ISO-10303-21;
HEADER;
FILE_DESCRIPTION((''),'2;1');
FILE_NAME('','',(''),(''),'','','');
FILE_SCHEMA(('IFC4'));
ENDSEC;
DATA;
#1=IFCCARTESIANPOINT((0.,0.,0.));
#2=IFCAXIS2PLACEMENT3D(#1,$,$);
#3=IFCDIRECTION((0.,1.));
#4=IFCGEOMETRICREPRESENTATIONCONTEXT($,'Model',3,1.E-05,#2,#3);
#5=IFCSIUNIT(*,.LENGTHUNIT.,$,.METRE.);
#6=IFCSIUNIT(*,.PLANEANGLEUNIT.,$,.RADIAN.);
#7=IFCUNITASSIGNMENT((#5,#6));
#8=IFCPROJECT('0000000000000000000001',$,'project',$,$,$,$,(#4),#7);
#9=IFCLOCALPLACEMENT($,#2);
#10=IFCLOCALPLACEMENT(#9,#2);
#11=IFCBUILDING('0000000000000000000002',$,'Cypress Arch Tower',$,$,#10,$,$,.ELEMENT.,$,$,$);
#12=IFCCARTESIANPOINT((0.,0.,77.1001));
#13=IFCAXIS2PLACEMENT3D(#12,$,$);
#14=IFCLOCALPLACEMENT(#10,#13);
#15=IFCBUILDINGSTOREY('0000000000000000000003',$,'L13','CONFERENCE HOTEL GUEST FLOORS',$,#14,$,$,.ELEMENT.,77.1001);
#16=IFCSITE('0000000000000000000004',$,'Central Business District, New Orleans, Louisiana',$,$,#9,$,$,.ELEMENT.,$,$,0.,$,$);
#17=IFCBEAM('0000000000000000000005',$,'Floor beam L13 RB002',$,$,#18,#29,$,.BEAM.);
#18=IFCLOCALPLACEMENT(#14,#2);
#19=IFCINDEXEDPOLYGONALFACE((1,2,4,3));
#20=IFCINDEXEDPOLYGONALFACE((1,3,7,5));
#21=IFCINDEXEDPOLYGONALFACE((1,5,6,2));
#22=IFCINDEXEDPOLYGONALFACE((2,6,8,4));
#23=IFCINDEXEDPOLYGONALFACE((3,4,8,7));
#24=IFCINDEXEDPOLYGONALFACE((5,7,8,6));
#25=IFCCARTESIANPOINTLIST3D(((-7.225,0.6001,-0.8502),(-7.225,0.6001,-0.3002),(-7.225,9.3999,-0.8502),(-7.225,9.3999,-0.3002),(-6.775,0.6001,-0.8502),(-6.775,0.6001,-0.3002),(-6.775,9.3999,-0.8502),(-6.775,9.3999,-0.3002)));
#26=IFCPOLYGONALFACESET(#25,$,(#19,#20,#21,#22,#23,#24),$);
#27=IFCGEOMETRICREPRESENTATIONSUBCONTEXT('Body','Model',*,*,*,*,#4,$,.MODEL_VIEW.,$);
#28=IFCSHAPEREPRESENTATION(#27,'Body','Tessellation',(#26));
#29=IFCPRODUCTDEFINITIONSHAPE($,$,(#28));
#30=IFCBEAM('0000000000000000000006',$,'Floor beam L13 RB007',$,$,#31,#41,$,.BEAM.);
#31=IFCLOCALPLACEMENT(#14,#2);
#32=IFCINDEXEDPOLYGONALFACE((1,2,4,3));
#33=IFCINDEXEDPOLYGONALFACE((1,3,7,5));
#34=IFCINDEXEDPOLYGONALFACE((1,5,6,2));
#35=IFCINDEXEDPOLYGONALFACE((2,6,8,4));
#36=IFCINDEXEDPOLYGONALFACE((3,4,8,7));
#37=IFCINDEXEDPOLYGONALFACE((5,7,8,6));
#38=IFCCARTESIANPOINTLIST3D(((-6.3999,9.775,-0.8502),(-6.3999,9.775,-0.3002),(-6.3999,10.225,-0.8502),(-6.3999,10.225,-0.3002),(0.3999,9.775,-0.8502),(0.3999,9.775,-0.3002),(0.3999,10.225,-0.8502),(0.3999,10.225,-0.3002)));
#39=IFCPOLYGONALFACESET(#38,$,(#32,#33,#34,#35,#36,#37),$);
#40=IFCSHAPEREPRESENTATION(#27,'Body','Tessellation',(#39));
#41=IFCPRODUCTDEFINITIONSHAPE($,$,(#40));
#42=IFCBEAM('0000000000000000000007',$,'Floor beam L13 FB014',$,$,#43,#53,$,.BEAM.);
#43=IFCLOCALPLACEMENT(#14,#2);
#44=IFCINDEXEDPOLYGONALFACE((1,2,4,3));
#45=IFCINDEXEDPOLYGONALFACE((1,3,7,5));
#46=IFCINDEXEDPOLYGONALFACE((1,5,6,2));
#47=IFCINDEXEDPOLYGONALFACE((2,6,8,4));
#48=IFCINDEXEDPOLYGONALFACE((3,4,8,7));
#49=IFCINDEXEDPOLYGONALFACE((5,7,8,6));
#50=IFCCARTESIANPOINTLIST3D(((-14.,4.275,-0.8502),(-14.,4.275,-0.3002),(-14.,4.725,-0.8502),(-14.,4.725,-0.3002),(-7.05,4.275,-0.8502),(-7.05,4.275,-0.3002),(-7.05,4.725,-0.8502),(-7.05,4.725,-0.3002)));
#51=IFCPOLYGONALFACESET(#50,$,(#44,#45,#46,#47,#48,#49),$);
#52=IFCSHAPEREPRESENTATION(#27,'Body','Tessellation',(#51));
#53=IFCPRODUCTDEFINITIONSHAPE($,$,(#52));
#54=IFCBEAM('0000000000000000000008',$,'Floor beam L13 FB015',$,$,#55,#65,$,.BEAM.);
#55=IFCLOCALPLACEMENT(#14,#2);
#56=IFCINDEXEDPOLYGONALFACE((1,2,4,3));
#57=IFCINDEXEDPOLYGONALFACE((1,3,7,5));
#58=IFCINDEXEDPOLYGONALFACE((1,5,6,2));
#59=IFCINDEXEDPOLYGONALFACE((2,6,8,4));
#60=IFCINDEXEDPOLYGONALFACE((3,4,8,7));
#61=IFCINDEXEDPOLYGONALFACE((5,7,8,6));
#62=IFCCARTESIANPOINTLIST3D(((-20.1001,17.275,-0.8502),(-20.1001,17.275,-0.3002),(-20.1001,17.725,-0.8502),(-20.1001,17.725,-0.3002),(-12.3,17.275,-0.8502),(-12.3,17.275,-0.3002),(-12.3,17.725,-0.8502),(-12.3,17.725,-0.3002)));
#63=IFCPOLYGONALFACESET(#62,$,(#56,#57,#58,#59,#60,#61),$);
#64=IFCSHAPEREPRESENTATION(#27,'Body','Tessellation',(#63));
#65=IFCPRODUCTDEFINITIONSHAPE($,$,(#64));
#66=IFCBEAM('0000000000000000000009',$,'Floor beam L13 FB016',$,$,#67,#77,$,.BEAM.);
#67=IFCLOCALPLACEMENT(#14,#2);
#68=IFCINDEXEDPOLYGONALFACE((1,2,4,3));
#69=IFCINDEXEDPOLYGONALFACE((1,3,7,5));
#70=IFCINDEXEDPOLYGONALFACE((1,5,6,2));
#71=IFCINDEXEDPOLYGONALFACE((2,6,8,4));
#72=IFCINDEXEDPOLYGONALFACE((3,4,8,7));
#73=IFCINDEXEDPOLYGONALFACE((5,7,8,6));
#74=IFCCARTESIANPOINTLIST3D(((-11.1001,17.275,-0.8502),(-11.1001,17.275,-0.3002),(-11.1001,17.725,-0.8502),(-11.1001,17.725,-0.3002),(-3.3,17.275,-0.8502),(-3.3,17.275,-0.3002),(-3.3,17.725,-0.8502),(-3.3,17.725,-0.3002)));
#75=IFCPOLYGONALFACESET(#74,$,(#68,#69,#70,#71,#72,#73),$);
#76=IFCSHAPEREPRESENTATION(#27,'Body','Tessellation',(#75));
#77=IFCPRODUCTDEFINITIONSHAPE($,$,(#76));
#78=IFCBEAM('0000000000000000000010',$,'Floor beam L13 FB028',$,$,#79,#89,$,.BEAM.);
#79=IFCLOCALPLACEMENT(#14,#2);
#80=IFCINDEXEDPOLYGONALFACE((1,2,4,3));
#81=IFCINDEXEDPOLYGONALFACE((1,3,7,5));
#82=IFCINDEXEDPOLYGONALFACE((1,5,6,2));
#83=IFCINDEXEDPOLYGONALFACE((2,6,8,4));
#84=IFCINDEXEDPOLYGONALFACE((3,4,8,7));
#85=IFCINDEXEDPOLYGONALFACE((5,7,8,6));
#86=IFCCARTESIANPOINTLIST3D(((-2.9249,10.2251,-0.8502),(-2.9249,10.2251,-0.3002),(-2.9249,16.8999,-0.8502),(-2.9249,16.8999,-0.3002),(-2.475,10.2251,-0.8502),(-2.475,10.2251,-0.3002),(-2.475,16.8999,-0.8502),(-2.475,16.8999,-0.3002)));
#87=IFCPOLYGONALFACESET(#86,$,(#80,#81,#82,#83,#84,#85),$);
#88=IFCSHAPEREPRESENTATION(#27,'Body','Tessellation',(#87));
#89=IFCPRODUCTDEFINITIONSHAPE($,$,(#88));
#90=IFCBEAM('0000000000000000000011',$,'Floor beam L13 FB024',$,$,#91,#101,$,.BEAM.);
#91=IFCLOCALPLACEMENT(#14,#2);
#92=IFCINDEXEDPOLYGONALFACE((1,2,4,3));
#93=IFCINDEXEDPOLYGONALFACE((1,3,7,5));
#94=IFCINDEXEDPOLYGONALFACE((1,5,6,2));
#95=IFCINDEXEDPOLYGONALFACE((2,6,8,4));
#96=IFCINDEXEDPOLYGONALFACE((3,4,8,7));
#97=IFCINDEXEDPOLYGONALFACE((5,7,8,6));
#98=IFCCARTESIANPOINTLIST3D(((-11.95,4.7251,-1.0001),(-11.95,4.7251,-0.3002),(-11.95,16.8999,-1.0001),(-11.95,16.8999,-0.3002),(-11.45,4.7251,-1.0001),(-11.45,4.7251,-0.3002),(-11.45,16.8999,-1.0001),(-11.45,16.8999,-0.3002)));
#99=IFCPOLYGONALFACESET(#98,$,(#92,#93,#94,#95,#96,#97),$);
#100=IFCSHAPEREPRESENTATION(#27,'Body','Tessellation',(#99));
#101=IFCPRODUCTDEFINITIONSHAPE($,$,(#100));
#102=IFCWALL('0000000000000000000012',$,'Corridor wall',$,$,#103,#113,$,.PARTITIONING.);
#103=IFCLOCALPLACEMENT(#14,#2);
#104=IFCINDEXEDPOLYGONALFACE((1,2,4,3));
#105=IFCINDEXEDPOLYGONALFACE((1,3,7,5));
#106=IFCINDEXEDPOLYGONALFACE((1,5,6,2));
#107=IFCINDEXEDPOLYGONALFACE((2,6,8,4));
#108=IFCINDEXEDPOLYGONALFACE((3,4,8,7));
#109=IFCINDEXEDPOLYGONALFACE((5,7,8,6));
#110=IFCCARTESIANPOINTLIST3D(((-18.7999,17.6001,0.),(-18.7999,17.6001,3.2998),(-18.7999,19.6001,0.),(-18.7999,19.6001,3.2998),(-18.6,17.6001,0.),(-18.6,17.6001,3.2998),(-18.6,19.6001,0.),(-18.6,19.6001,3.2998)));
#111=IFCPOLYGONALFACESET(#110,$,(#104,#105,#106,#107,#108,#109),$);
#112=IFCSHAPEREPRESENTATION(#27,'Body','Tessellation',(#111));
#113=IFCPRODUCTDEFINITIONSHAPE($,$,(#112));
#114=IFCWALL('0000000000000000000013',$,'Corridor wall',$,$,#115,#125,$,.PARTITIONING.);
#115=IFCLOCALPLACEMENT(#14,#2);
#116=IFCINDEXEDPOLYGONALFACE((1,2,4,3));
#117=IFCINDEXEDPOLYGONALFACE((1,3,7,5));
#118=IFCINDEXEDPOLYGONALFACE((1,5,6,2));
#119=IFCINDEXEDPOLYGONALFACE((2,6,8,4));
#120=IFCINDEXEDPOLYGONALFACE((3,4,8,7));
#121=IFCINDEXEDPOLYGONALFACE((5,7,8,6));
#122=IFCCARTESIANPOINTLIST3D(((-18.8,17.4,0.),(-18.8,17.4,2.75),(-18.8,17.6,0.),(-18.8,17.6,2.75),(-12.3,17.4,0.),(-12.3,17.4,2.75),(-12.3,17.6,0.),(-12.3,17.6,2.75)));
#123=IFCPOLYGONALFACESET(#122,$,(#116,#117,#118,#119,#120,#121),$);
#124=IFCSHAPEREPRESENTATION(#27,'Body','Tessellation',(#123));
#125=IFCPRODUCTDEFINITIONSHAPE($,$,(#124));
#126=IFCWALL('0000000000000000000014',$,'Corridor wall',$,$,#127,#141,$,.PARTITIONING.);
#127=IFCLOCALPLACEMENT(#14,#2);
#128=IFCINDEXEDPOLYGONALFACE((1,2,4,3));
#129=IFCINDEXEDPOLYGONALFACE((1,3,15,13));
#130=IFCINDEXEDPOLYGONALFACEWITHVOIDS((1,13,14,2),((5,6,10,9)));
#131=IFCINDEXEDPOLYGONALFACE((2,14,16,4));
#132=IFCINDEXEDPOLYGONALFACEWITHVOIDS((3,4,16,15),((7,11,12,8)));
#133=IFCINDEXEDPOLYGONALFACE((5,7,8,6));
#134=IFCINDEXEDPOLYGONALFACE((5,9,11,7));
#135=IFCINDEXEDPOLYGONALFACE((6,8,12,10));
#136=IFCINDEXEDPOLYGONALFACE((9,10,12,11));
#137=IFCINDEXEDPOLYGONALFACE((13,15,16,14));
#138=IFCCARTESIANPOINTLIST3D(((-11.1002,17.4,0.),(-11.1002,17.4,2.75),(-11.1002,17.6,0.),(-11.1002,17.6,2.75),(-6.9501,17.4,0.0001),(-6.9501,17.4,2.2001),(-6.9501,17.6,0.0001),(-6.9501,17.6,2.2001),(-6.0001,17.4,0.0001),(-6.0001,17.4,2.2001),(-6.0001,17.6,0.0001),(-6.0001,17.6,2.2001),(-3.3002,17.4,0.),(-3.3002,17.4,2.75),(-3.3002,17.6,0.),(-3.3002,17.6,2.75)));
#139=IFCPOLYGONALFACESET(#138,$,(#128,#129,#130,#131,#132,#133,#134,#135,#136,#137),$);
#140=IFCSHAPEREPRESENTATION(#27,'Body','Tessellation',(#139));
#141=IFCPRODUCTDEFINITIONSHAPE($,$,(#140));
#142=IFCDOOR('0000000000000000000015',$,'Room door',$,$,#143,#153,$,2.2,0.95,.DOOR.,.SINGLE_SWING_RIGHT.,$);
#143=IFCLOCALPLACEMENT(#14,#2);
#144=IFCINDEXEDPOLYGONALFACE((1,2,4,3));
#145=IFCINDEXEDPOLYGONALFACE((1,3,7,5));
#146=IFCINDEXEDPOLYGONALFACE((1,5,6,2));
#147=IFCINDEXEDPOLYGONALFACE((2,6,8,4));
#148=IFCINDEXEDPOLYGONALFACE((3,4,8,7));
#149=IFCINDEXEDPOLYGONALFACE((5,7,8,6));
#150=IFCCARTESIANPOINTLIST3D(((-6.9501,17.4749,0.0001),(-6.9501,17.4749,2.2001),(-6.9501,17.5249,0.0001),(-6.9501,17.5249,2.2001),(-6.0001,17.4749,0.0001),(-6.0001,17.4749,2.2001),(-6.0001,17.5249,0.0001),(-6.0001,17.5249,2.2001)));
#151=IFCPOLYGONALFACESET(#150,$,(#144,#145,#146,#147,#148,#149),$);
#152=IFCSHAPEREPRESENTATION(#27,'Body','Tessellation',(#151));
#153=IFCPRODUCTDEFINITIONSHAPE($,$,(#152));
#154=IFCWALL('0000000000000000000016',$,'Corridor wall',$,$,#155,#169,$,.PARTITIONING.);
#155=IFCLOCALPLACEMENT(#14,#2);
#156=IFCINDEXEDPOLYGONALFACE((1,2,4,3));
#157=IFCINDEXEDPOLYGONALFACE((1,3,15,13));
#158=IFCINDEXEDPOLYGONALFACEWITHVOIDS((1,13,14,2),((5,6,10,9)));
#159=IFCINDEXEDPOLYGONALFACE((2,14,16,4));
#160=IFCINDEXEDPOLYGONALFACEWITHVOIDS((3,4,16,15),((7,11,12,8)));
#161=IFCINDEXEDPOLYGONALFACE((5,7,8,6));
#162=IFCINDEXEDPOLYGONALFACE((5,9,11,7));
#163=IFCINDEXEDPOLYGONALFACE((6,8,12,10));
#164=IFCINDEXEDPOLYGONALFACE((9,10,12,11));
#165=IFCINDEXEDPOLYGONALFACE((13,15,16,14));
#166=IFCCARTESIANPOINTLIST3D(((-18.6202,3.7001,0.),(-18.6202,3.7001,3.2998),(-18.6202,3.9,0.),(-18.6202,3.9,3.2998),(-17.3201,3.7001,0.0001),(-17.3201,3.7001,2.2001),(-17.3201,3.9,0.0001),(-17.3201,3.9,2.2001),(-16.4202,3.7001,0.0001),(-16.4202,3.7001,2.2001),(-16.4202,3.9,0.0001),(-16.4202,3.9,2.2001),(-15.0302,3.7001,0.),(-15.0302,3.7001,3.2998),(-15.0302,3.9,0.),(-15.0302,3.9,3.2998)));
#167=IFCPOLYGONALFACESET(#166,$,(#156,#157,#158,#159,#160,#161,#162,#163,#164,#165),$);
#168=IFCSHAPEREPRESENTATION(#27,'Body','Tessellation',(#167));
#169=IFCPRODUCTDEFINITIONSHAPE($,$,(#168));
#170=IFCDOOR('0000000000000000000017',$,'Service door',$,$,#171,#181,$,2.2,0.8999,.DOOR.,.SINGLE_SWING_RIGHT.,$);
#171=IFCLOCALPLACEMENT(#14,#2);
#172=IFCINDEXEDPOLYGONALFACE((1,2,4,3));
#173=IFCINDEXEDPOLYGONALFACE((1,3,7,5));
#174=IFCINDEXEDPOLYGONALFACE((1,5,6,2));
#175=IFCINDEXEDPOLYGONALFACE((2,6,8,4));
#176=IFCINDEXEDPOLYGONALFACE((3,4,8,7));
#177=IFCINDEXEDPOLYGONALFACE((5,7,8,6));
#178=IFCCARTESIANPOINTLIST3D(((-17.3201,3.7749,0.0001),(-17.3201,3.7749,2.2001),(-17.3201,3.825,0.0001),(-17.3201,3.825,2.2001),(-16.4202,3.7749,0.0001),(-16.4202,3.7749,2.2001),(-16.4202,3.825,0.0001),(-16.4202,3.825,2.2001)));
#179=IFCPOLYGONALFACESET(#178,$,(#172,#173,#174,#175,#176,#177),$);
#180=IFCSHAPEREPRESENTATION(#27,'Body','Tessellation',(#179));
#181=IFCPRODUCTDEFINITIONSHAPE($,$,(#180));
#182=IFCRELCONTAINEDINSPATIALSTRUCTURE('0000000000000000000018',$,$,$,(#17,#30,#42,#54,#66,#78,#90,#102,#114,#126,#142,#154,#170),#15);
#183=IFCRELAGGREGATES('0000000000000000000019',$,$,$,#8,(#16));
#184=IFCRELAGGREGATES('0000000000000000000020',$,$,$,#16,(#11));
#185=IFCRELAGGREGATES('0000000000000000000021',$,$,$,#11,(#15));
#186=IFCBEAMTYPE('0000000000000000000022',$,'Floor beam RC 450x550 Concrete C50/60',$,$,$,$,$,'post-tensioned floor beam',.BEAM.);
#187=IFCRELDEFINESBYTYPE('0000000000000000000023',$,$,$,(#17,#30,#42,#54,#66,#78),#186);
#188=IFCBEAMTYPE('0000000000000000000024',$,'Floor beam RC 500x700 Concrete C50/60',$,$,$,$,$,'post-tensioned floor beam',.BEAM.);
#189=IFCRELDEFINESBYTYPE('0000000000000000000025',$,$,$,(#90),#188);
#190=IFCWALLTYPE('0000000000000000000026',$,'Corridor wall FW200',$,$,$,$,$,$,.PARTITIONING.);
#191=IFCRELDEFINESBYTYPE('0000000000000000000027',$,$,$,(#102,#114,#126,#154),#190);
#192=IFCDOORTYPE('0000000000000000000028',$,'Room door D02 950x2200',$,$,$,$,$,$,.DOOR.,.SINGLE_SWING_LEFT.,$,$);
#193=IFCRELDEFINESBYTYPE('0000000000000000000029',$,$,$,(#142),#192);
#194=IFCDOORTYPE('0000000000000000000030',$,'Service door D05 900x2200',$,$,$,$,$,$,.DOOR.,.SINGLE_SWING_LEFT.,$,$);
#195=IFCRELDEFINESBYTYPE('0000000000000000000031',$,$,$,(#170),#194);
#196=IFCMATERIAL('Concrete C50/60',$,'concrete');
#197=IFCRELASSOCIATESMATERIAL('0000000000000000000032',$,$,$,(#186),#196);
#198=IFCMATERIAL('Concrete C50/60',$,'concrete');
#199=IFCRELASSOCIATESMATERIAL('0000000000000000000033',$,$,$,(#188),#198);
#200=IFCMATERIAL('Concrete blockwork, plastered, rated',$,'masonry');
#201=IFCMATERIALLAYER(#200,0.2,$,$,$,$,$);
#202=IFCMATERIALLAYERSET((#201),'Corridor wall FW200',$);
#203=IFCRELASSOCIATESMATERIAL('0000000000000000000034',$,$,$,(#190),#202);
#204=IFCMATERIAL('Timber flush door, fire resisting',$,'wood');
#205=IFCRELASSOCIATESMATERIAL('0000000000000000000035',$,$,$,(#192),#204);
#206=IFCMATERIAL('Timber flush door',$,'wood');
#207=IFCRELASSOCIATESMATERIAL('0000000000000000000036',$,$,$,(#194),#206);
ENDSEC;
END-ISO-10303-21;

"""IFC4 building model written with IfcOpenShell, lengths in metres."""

from ifc_helpers import new_model, si_unit, direction, frame, frame_2d, origin, origin_2d, place, context, subcontext, project, spatial, rectangle, extrude, material, layer, layer_set, material_profile, profile_set, type_object, element, fill, save


model = new_model("IFC4")

# Units and contexts
model_context = context("Model", 3, precision=1e-05, world=origin(), true_north=direction((0.0, 1.0)))
body_context = subcontext(model_context, "Body", "Model", "MODEL_VIEW")
ifc_project = project(units=[si_unit("LENGTHUNIT", "METRE"), si_unit("PLANEANGLEUNIT", "RADIAN")], contexts=[model_context])

# Site, building, storey
site_placement = place(None, origin())
site = spatial("IfcSite", under=ifc_project, at=site_placement, Name="Central Business District, New Orleans, Louisiana", CompositionType="ELEMENT", RefElevation=0.0)
building_placement = place(site_placement, origin())
building = spatial("IfcBuilding", under=site, at=building_placement, Name="Cypress Arch Tower", CompositionType="ELEMENT")
storey_placement = place(building_placement, frame((0.0, 0.0, 77.1001)))
storey = spatial("IfcBuildingStorey", under=building, at=storey_placement, Name="L13", Description="CONFERENCE HOTEL GUEST FLOORS", CompositionType="ELEMENT", Elevation=77.1001)

# Beams
ifc_material_1 = material(Name="Concrete C50/60", Category="concrete")
ifc_material_profile_1 = material_profile(ifc_material_1, rectangle(XDim=0.45, YDim=0.55, at=origin_2d()), Name="RC 450x550")
ifc_profile_set_1 = profile_set([ifc_material_profile_1], Name="Concrete C50/60")
beam_type_1 = type_object("IfcBeamType", Name="Floor beam RC 450x550 Concrete C50/60", ElementType="post-tensioned floor beam", PredefinedType="BEAM", material=ifc_profile_set_1)
beam_1_placement = place(storey_placement, frame((-7.0, 0.6001, -0.5752), z_axis=(0.0, 1.0, 0.0), x_axis=(-1.0, 0.0, 0.0)))
element("IfcBeam", 1, at=beam_1_placement, inside=storey, type_object=beam_type_1, Name="Floor beam L13 RB002", PredefinedType="BEAM", context=body_context, shape_type="SweptSolid", body=[
    extrude(rectangle(XDim=0.45, YDim=0.55, at=origin_2d()), origin(), (0.0, 0.0, 1.0), 8.7998),
])
beam_2_placement = place(storey_placement, frame((-6.3999, 10.0, -0.5752), z_axis=(1.0, 0.0, 0.0), x_axis=(0.0, 1.0, 0.0)))
element("IfcBeam", 2, at=beam_2_placement, inside=storey, type_object=beam_type_1, Name="Floor beam L13 RB007", PredefinedType="BEAM", context=body_context, shape_type="SweptSolid", body=[
    extrude(rectangle(XDim=0.45, YDim=0.55, at=origin_2d()), origin(), (0.0, 0.0, 1.0), 6.7998),
])
beam_3_placement = place(storey_placement, frame((-14.0, 4.5, -0.5752), z_axis=(1.0, 0.0, 0.0), x_axis=(0.0, 1.0, 0.0)))
element("IfcBeam", 3, at=beam_3_placement, inside=storey, type_object=beam_type_1, Name="Floor beam L13 FB014", PredefinedType="BEAM", context=body_context, shape_type="SweptSolid", body=[
    extrude(rectangle(XDim=0.45, YDim=0.55, at=origin_2d()), origin(), (0.0, 0.0, 1.0), 6.95),
])
for number, where, z_axis, x_axis, name in (
    (4, (-20.1001, 17.5, -0.5752), (1.0, 0.0, 0.0), (0.0, 1.0, 0.0), "Floor beam L13 FB015"),
    (5, (-11.1001, 17.5, -0.5752), (1.0, 0.0, 0.0), (0.0, 1.0, 0.0), "Floor beam L13 FB016"),
):
    element("IfcBeam", number, at=place(storey_placement, frame(where, z_axis=z_axis, x_axis=x_axis)), inside=storey, type_object=beam_type_1, Name=name, PredefinedType="BEAM", context=body_context, shape_type="SweptSolid", body=[
        extrude(rectangle(XDim=0.45, YDim=0.55, at=origin_2d()), origin(), (0.0, 0.0, 1.0), 7.8),
    ])
beam_4_placement = place(storey_placement, frame((-2.7, 10.2251, -0.5752), z_axis=(0.0, 1.0, 0.0), x_axis=(-1.0, 0.0, 0.0)))
element("IfcBeam", 6, at=beam_4_placement, inside=storey, type_object=beam_type_1, Name="Floor beam L13 FB028", PredefinedType="BEAM", context=body_context, shape_type="SweptSolid", body=[
    extrude(rectangle(XDim=0.45, YDim=0.55, at=origin_2d()), origin(), (0.0, 0.0, 1.0), 6.6748),
])
ifc_material_2 = material(Name="Concrete C50/60", Category="concrete")
ifc_material_profile_2 = material_profile(ifc_material_2, rectangle(XDim=0.5, YDim=0.7, at=origin_2d()), Name="RC 500x700")
ifc_profile_set_2 = profile_set([ifc_material_profile_2], Name="Concrete C50/60")
beam_type_2 = type_object("IfcBeamType", Name="Floor beam RC 500x700 Concrete C50/60", ElementType="post-tensioned floor beam", PredefinedType="BEAM", material=ifc_profile_set_2)
beam_5_placement = place(storey_placement, frame((-11.7, 4.7251, -0.6501), z_axis=(0.0, 1.0, 0.0), x_axis=(-1.0, 0.0, 0.0)))
element("IfcBeam", 7, at=beam_5_placement, inside=storey, type_object=beam_type_2, Name="Floor beam L13 FB024", PredefinedType="BEAM", context=body_context, shape_type="SweptSolid", body=[
    extrude(rectangle(XDim=0.5, YDim=0.7, at=origin_2d()), origin(), (0.0, 0.0, 1.0), 12.1748),
])

# Walls
ifc_material_3 = material(Name="Concrete blockwork, plastered, rated", Category="masonry")
ifc_layer_1 = layer(ifc_material_3, 0.2)
ifc_layer_set_1 = layer_set([ifc_layer_1], Name="Corridor wall FW200")
wall_type_1 = type_object("IfcWallType", Name="Corridor wall FW200", PredefinedType="PARTITIONING", material=ifc_layer_set_1)
wall_1_placement = place(storey_placement, frame((-18.7, 17.6001, 0.0), z_axis=(0.0, 0.0, 1.0), x_axis=(0.0, 1.0, 0.0)))
element("IfcWall", 8, at=wall_1_placement, inside=storey, type_object=wall_type_1, Name="Corridor wall", PredefinedType="PARTITIONING", context=body_context, shape_type="SweptSolid", body=[
    extrude(rectangle(XDim=2.0, YDim=0.2, at=frame_2d((1.0, 0.0))), origin(), (0.0, 0.0, 1.0), 3.2998),
])
wall_2_placement = place(storey_placement, frame((-18.8, 17.5, 0.0), z_axis=(0.0, 0.0, 1.0), x_axis=(1.0, 0.0, 0.0)))
element("IfcWall", 9, at=wall_2_placement, inside=storey, type_object=wall_type_1, Name="Corridor wall", PredefinedType="PARTITIONING", context=body_context, shape_type="SweptSolid", body=[
    extrude(rectangle(XDim=6.5, YDim=0.2, at=frame_2d((3.25, 0.0))), origin(), (0.0, 0.0, 1.0), 2.75),
])

# Walls, openings, doors
wall_3_placement = place(storey_placement, frame((-11.1001, 17.5, 0.0), z_axis=(0.0, 0.0, 1.0), x_axis=(1.0, 0.0, 0.0)))
wall_3 = element("IfcWall", 10, at=wall_3_placement, inside=storey, type_object=wall_type_1, Name="Corridor wall", PredefinedType="PARTITIONING", context=body_context, shape_type="SweptSolid", body=[
    extrude(rectangle(XDim=7.8, YDim=0.2, at=frame_2d((3.8999, 0.0))), origin(), (0.0, 0.0, 1.0), 2.75),
])
opening_1_placement = place(wall_3_placement, frame((4.1499, 0.0, 0.0)))
opening_1 = element("IfcOpeningElement", 11, at=opening_1_placement, cuts=wall_3, PredefinedType="OPENING", context=body_context, shape_type="SweptSolid", body=[
    extrude(rectangle(XDim=0.95, YDim=2.2, at=frame_2d((0.4751, 1.1001))), frame((0.0, 0.1099, 0.0), z_axis=(0.0, -1.0, 0.0), x_axis=(1.0, 0.0, 0.0)), (0.0, 0.0, 1.0), 0.22),
])
ifc_material_4 = material(Name="Timber flush door, fire resisting", Category="wood")
door_type_1 = type_object("IfcDoorType", Name="Room door D02 950x2200", OperationType="SINGLE_SWING_LEFT", PredefinedType="DOOR", material=ifc_material_4)
door_1_placement = place(opening_1_placement, origin())
door_1 = element("IfcDoor", 12, at=door_1_placement, inside=storey, type_object=door_type_1, Name="Room door", OperationType="SINGLE_SWING_RIGHT", OverallHeight=2.2, OverallWidth=0.95, PredefinedType="DOOR", context=body_context, shape_type="SweptSolid", body=[
    extrude(rectangle(XDim=0.95, YDim=2.2, at=frame_2d((0.4751, 1.1001))), frame((0.0, 0.0249, 0.0), z_axis=(0.0, -1.0, 0.0), x_axis=(1.0, 0.0, 0.0)), (0.0, 0.0, 1.0), 0.05),
])
fill(opening_1, door_1)
wall_4_placement = place(storey_placement, frame((-18.6201, 3.8, 0.0), z_axis=(0.0, 0.0, 1.0), x_axis=(1.0, 0.0, 0.0)))
wall_4 = element("IfcWall", 13, at=wall_4_placement, inside=storey, type_object=wall_type_1, Name="Corridor wall", PredefinedType="PARTITIONING", context=body_context, shape_type="SweptSolid", body=[
    extrude(rectangle(XDim=3.5901, YDim=0.2, at=frame_2d((1.7949, 0.0))), origin(), (0.0, 0.0, 1.0), 3.2998),
])
opening_2_placement = place(wall_4_placement, frame((1.3, 0.0, 0.0)))
opening_2 = element("IfcOpeningElement", 14, at=opening_2_placement, cuts=wall_4, PredefinedType="OPENING", context=body_context, shape_type="SweptSolid", body=[
    extrude(rectangle(XDim=0.8999, YDim=2.2, at=frame_2d((0.45, 1.1001))), frame((0.0, 0.1099, 0.0), z_axis=(0.0, -1.0, 0.0), x_axis=(1.0, 0.0, 0.0)), (0.0, 0.0, 1.0), 0.22),
])
ifc_material_5 = material(Name="Timber flush door", Category="wood")
door_type_2 = type_object("IfcDoorType", Name="Service door D05 900x2200", OperationType="SINGLE_SWING_LEFT", PredefinedType="DOOR", material=ifc_material_5)
door_2_placement = place(opening_2_placement, origin())
door_2 = element("IfcDoor", 15, at=door_2_placement, inside=storey, type_object=door_type_2, Name="Service door", OperationType="SINGLE_SWING_RIGHT", OverallHeight=2.2, OverallWidth=0.8999, PredefinedType="DOOR", context=body_context, shape_type="SweptSolid", body=[
    extrude(rectangle(XDim=0.8999, YDim=2.2, at=frame_2d((0.45, 1.1001))), frame((0.0, 0.0249, 0.0), z_axis=(0.0, -1.0, 0.0), x_axis=(1.0, 0.0, 0.0)), (0.0, 0.0, 1.0), 0.05),
])
fill(opening_2, door_2)

save(model, "model.ifc")
